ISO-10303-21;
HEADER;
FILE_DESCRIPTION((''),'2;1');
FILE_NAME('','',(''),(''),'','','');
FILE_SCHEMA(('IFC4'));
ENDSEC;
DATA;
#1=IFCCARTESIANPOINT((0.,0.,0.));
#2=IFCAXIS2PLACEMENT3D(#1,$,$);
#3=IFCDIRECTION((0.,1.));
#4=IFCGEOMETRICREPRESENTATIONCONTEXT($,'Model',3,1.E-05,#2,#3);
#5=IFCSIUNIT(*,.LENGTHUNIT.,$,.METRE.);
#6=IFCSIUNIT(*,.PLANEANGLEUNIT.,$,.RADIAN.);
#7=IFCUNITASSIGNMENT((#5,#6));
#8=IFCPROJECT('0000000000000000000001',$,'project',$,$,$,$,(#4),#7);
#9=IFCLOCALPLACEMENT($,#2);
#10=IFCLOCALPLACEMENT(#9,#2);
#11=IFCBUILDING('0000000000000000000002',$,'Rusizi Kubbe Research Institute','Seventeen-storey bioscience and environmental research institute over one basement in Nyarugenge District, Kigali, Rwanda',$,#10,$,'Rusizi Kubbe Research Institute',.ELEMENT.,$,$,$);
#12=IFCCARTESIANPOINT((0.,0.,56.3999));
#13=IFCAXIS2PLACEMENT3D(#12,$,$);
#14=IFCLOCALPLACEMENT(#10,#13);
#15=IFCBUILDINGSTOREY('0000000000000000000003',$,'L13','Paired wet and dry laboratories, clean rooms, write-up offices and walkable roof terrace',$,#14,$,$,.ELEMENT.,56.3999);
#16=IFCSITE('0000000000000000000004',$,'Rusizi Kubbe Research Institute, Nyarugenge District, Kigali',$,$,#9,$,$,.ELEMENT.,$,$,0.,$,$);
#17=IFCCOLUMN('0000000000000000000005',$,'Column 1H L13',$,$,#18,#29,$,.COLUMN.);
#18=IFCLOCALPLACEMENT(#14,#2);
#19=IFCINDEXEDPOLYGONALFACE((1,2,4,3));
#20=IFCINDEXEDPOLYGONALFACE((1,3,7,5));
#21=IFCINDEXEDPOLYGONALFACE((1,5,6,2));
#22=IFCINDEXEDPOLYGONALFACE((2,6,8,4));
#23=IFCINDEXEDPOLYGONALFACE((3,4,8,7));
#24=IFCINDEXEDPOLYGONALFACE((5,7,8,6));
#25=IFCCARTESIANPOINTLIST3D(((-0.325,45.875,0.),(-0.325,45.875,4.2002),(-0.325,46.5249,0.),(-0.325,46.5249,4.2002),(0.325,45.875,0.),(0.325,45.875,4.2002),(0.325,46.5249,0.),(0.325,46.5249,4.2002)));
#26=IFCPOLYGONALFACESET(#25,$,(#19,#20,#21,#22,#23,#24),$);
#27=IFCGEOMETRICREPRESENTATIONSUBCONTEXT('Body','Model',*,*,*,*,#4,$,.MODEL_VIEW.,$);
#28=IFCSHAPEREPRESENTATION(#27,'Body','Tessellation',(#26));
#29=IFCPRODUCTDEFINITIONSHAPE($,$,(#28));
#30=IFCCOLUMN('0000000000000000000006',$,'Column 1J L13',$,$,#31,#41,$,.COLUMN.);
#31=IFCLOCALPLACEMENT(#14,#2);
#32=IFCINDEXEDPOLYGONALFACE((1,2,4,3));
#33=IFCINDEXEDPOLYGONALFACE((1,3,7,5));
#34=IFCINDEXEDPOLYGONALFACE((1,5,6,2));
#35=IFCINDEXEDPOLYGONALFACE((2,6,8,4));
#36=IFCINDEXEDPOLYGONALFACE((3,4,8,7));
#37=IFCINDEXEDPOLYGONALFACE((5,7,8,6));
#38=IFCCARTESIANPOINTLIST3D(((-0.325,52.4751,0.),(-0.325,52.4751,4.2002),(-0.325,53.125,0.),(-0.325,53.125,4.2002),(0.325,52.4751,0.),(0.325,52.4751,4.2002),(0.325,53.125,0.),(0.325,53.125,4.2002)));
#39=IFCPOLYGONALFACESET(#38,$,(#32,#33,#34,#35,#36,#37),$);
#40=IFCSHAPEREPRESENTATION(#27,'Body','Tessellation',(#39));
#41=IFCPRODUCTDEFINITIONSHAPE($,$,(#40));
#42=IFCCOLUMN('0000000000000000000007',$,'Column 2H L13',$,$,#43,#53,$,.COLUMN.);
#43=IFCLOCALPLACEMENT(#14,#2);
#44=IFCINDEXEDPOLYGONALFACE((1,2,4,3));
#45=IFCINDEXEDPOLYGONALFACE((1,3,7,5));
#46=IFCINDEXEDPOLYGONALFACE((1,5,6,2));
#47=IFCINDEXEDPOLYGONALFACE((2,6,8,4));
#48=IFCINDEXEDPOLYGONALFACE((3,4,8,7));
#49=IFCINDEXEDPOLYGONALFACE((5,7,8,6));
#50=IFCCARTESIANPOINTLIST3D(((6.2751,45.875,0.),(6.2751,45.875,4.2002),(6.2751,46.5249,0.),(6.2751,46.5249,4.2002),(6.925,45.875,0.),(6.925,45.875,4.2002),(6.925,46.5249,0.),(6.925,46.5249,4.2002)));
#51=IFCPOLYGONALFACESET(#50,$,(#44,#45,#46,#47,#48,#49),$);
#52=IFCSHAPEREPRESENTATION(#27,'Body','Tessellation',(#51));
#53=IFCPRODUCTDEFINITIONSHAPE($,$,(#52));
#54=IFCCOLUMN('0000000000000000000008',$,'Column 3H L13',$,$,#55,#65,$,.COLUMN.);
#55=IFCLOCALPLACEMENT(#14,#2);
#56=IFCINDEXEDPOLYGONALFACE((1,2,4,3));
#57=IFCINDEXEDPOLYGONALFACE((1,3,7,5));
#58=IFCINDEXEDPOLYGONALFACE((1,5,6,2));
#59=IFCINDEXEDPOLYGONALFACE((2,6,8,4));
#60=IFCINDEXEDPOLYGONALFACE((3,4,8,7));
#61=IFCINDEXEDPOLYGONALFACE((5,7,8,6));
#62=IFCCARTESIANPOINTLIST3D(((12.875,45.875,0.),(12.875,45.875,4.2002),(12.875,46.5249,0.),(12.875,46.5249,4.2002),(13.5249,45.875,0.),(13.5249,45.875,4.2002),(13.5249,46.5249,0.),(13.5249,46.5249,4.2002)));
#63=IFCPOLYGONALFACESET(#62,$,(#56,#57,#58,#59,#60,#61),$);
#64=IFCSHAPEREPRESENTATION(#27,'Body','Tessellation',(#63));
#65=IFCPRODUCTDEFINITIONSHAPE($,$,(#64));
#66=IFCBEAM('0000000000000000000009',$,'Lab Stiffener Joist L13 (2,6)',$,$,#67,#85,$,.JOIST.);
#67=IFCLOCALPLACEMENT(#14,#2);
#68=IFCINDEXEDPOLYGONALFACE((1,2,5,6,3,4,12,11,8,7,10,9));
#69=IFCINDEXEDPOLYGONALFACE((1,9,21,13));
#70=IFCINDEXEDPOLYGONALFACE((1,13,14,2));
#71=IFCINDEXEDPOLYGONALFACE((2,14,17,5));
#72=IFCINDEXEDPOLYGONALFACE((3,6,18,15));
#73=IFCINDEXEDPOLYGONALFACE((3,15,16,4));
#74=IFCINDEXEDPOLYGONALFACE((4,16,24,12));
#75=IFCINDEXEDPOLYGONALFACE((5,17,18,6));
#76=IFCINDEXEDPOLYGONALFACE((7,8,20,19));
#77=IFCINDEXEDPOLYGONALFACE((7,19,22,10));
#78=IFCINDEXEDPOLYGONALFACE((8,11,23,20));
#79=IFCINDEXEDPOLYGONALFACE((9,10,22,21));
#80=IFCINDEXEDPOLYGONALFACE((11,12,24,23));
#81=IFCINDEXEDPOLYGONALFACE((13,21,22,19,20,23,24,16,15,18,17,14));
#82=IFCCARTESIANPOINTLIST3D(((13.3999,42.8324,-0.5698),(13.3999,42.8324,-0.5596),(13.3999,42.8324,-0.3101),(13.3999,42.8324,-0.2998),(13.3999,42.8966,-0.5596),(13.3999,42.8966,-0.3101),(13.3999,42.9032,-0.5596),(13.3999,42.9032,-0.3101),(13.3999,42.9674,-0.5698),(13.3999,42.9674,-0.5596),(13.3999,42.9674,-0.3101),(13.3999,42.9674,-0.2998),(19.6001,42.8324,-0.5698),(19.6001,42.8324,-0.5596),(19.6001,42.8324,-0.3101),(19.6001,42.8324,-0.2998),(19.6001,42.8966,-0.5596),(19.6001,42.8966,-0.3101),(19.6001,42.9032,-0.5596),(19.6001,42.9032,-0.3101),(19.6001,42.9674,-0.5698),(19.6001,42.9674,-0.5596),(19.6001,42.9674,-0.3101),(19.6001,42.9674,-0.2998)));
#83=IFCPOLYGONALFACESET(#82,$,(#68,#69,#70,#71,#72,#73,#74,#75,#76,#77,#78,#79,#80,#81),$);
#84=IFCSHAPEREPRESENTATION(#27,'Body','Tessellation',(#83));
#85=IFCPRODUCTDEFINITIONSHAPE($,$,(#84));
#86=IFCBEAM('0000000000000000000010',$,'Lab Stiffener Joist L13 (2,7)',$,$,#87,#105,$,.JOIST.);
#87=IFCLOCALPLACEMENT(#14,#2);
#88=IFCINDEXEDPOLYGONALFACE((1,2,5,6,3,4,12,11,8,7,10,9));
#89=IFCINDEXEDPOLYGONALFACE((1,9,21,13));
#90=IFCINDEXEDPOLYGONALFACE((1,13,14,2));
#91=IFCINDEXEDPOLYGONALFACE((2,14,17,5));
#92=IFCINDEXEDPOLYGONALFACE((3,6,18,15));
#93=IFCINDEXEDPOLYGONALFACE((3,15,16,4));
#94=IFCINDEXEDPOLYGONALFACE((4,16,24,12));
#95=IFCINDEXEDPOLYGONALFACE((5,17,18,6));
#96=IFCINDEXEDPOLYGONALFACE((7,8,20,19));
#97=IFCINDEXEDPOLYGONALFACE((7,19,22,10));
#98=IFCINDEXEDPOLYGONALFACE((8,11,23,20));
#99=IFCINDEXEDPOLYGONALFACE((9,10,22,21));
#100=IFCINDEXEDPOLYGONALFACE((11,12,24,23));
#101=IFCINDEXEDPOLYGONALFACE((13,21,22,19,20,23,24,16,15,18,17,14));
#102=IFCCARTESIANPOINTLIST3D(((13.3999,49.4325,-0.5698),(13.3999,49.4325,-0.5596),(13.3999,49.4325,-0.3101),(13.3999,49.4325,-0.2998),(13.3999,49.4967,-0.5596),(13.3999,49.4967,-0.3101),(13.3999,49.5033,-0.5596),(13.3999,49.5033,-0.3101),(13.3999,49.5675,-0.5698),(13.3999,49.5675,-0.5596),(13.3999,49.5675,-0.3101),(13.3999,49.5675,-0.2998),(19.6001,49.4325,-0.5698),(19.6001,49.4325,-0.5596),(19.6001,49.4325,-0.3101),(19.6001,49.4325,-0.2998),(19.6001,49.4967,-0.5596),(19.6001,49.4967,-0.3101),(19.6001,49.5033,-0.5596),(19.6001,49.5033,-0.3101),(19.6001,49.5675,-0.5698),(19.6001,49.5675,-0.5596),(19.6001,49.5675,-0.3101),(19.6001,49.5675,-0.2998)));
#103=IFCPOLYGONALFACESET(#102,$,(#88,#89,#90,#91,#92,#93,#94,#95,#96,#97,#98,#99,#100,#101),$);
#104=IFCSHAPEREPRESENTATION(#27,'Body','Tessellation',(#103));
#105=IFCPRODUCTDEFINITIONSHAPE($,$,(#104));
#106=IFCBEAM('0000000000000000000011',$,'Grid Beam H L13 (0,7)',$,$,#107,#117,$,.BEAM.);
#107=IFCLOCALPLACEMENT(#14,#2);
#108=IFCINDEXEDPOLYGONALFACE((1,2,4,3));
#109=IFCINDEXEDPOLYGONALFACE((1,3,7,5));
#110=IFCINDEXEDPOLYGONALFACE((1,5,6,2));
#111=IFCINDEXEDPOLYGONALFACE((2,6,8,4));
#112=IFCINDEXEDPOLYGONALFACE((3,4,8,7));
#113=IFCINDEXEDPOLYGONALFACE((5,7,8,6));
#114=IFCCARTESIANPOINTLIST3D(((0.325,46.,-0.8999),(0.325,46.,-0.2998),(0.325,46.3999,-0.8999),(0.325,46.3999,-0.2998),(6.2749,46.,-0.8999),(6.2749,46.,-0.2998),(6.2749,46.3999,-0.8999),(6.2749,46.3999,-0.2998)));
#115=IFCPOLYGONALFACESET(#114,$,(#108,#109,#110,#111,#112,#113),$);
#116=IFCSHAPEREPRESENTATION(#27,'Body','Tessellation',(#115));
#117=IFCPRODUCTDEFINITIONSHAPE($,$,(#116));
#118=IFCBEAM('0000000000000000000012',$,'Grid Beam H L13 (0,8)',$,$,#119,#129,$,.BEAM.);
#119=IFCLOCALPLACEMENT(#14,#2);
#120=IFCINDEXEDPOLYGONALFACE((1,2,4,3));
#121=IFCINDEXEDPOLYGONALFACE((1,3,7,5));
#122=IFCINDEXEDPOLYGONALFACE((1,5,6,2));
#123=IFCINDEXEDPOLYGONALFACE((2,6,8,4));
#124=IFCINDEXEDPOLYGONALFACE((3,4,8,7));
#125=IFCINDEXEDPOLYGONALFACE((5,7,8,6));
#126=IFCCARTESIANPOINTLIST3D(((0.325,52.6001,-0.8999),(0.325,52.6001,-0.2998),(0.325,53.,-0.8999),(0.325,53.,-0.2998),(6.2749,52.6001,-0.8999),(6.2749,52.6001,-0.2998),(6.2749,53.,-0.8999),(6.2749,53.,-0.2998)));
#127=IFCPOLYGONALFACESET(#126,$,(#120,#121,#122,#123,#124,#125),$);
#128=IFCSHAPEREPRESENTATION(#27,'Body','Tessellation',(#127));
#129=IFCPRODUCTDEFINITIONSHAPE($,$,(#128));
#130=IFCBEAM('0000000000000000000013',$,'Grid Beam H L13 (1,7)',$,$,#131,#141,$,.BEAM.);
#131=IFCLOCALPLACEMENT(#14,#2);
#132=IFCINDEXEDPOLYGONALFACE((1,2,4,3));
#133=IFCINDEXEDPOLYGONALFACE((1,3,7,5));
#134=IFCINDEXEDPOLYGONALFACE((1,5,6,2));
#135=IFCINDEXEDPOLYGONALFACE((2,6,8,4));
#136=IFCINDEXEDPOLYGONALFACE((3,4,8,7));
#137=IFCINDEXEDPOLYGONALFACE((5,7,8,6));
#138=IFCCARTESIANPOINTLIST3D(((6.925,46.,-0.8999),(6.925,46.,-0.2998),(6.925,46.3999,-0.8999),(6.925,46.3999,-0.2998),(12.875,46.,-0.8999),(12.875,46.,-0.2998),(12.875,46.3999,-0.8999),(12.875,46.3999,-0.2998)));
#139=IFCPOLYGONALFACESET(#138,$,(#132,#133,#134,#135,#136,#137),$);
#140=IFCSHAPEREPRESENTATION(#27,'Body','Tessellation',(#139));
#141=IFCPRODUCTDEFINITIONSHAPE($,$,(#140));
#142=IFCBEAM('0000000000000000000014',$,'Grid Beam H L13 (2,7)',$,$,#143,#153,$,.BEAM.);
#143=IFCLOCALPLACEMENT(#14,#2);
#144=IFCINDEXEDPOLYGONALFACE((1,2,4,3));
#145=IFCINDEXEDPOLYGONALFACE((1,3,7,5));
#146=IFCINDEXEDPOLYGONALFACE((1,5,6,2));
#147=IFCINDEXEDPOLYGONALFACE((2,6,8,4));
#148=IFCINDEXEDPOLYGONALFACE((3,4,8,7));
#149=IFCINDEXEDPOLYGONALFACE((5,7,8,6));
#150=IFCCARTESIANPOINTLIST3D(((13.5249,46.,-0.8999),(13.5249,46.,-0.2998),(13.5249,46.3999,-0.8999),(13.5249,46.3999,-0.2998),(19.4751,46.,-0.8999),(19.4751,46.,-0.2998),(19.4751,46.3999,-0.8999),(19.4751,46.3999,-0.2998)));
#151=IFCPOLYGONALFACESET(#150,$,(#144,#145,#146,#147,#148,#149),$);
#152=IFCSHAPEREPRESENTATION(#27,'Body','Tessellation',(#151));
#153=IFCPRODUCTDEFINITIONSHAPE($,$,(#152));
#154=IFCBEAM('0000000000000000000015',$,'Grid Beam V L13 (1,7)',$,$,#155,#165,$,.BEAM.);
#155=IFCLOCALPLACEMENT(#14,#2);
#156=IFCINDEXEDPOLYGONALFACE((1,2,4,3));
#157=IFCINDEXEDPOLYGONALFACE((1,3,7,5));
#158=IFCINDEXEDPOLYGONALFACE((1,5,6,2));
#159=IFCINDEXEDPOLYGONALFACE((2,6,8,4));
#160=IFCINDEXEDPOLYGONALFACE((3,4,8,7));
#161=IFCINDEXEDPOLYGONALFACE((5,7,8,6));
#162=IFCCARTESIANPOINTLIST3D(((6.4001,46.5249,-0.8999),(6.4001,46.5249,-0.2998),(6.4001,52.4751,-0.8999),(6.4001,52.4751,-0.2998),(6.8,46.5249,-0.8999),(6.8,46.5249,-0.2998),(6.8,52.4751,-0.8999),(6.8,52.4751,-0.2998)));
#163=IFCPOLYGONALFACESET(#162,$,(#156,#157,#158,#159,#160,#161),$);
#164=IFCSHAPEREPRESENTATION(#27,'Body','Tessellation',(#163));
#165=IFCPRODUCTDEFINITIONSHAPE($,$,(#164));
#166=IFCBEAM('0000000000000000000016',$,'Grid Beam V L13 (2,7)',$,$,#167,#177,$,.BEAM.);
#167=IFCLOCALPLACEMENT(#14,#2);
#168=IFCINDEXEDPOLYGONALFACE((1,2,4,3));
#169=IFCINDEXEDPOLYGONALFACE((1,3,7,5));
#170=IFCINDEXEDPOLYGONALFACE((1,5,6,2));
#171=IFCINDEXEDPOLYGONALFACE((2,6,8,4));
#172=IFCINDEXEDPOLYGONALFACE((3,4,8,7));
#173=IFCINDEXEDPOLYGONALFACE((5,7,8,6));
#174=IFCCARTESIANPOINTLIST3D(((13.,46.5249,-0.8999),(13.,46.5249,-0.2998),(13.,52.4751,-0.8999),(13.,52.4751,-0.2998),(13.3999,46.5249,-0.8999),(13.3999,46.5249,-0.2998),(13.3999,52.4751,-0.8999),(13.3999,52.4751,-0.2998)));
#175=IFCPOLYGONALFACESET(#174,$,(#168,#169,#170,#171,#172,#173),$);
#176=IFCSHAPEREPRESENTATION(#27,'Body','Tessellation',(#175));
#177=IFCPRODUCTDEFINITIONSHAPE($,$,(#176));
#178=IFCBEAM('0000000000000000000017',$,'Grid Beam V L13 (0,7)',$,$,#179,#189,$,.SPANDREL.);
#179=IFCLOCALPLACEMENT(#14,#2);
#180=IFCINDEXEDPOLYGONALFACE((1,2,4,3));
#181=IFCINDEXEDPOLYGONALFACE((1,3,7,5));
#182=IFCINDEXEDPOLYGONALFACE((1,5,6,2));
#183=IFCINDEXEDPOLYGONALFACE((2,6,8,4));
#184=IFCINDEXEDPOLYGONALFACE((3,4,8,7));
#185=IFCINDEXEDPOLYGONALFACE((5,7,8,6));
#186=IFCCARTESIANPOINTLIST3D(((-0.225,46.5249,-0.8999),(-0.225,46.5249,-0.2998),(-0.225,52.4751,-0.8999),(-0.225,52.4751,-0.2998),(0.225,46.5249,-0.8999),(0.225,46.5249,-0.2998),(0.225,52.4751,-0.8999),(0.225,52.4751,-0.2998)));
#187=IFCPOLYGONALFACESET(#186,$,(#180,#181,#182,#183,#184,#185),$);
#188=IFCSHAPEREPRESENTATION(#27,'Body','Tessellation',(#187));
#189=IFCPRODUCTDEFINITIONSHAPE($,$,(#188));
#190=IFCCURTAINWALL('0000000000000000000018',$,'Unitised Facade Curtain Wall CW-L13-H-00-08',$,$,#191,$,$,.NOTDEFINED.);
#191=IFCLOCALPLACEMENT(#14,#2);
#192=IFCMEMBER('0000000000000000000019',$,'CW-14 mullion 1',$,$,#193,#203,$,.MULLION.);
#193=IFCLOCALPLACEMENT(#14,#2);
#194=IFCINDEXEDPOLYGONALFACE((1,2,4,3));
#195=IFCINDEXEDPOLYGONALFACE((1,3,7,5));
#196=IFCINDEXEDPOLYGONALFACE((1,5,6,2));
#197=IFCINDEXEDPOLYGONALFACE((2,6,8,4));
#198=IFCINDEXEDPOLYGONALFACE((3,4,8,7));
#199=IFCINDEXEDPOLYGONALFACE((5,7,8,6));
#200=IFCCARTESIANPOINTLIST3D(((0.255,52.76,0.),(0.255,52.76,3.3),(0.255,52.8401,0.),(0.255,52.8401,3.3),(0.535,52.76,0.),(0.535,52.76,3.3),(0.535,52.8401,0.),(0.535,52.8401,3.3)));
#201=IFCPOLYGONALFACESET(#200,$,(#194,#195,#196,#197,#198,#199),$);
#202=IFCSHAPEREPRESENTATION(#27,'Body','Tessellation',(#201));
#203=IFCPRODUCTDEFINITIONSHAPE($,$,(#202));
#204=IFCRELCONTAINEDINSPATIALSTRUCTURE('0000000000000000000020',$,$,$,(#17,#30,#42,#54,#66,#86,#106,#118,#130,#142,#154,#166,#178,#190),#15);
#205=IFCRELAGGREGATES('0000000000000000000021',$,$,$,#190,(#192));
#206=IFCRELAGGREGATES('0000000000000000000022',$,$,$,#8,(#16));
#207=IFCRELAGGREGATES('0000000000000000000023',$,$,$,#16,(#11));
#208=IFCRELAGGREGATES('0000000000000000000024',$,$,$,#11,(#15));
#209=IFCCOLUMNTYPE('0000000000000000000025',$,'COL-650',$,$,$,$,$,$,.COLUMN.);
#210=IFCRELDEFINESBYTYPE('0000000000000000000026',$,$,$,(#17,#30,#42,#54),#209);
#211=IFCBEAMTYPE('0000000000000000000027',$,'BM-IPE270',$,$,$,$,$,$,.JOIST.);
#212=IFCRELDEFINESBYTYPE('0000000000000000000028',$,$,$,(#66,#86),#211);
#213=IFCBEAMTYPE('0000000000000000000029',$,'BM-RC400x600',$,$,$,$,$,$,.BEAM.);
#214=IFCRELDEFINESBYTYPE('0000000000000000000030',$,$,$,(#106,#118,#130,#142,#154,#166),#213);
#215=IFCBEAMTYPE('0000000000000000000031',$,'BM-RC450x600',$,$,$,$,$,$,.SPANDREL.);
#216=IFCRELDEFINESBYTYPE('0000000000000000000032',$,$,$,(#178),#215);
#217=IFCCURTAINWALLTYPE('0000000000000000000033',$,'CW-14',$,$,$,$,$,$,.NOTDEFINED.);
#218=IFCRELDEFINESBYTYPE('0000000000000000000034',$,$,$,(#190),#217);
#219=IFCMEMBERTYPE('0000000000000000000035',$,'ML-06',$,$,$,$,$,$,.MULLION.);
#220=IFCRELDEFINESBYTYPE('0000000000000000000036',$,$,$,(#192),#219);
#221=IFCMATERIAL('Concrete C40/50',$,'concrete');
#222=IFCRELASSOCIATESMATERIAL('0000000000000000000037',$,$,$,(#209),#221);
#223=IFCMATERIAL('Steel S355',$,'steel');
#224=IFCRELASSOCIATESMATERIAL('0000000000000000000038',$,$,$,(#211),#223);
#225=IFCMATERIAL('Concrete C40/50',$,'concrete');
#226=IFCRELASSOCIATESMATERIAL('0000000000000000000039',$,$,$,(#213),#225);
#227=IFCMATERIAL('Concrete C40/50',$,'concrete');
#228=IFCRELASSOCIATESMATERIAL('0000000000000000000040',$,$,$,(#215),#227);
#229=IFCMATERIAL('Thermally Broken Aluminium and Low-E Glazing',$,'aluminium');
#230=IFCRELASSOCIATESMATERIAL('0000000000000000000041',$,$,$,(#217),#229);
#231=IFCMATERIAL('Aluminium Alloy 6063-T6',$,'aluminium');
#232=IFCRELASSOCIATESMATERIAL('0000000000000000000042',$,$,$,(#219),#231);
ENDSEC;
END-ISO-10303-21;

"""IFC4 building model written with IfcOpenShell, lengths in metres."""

from ifc_helpers import new_model, si_unit, direction, frame, origin, origin_2d, place, context, subcontext, project, spatial, rectangle, i_section, extrude, material, material_profile, profile_set, type_object, element, aggregate, save


model = new_model("IFC4")

# Units and contexts
model_context = context("Model", 3, precision=1e-05, world=origin(), true_north=direction((0.0, 1.0)))
body_context = subcontext(model_context, "Body", "Model", "MODEL_VIEW")
ifc_project = project(units=[si_unit("LENGTHUNIT", "METRE"), si_unit("PLANEANGLEUNIT", "RADIAN")], contexts=[model_context])

# Site, building, storey
site_placement = place(None, origin())
site = spatial("IfcSite", under=ifc_project, at=site_placement, Name="Rusizi Kubbe Research Institute, Nyarugenge District, Kigali", CompositionType="ELEMENT", RefElevation=0.0)
building_placement = place(site_placement, origin())
building = spatial("IfcBuilding", under=site, at=building_placement, Name="Rusizi Kubbe Research Institute", Description="Seventeen-storey bioscience and environmental research institute over one basement in Nyarugenge District, Kigali, Rwanda", LongName="Rusizi Kubbe Research Institute", CompositionType="ELEMENT")
storey_placement = place(building_placement, frame((0.0, 0.0, 56.3999)))
storey = spatial("IfcBuildingStorey", under=building, at=storey_placement, Name="L13", Description="Paired wet and dry laboratories, clean rooms, write-up offices and walkable roof terrace", CompositionType="ELEMENT", Elevation=56.3999)

# Columns
ifc_material_1 = material(Name="Concrete C40/50", Category="concrete")
ifc_material_profile_1 = material_profile(ifc_material_1, rectangle(XDim=0.6499, YDim=0.6499, at=origin_2d()), Name="RC650x650")
ifc_profile_set_1 = profile_set([ifc_material_profile_1], Name="Concrete C40/50")
column_type = type_object("IfcColumnType", Name="COL-650", PredefinedType="COLUMN", material=ifc_profile_set_1)
for number, where, z_axis, x_axis, name in (
    (1, (0.0, 46.2, 0.0), (0.0, 0.0, 1.0), (1.0, 0.0, 0.0), "Column 1H L13"),
    (2, (0.0, 52.8, 0.0), (0.0, 0.0, 1.0), (1.0, 0.0, 0.0), "Column 1J L13"),
    (3, (6.6001, 46.2, 0.0), (0.0, 0.0, 1.0), (1.0, 0.0, 0.0), "Column 2H L13"),
    (4, (13.2, 46.2, 0.0), (0.0, 0.0, 1.0), (1.0, 0.0, 0.0), "Column 3H L13"),
):
    element("IfcColumn", number, at=place(storey_placement, frame(where, z_axis=z_axis, x_axis=x_axis)), inside=storey, type_object=column_type, Name=name, PredefinedType="COLUMN", context=body_context, shape_type="SweptSolid", body=[
        extrude(rectangle(XDim=0.6499, YDim=0.6499, at=origin_2d()), origin(), (0.0, 0.0, 1.0), 4.2002),
    ])

# Beams
ifc_material_2 = material(Name="Steel S355", Category="steel")
ifc_material_profile_2 = material_profile(ifc_material_2, i_section(OverallWidth=0.135, OverallDepth=0.27, WebThickness=0.0066, FlangeThickness=0.0103, at=origin_2d()), Name="IPE 270")
ifc_profile_set_2 = profile_set([ifc_material_profile_2], Name="Steel S355")
beam_type_1 = type_object("IfcBeamType", Name="BM-IPE270", PredefinedType="JOIST", material=ifc_profile_set_2)
for number, where, z_axis, x_axis, name in (
    (5, (13.3999, 42.8999, -0.4348), (1.0, 0.0, 0.0), (0.0, 1.0, 0.0), "Lab Stiffener Joist L13 (2,6)"),
    (6, (13.3999, 49.5, -0.4348), (1.0, 0.0, 0.0), (0.0, 1.0, 0.0), "Lab Stiffener Joist L13 (2,7)"),
):
    element("IfcBeam", number, at=place(storey_placement, frame(where, z_axis=z_axis, x_axis=x_axis)), inside=storey, type_object=beam_type_1, Name=name, PredefinedType="JOIST", context=body_context, shape_type="SweptSolid", body=[
        extrude(i_section(OverallWidth=0.135, OverallDepth=0.27, WebThickness=0.0066, FlangeThickness=0.0103, at=origin_2d()), origin(), (0.0, 0.0, 1.0), 6.2002),
    ])
ifc_material_3 = material(Name="Concrete C40/50", Category="concrete")
ifc_material_profile_3 = material_profile(ifc_material_3, rectangle(XDim=0.3999, YDim=0.6001, at=origin_2d()), Name="RC400x600")
ifc_profile_set_3 = profile_set([ifc_material_profile_3], Name="Concrete C40/50")
beam_type_2 = type_object("IfcBeamType", Name="BM-RC400x600", PredefinedType="BEAM", material=ifc_profile_set_3)
for number, where, z_axis, x_axis, name in (
    (7, (0.325, 46.2, -0.5999), (1.0, 0.0, 0.0), (0.0, 1.0, 0.0), "Grid Beam H L13 (0,7)"),
    (8, (0.325, 52.8, -0.5999), (1.0, 0.0, 0.0), (0.0, 1.0, 0.0), "Grid Beam H L13 (0,8)"),
    (9, (6.925, 46.2, -0.5999), (1.0, 0.0, 0.0), (0.0, 1.0, 0.0), "Grid Beam H L13 (1,7)"),
):
    element("IfcBeam", number, at=place(storey_placement, frame(where, z_axis=z_axis, x_axis=x_axis)), inside=storey, type_object=beam_type_2, Name=name, PredefinedType="BEAM", context=body_context, shape_type="SweptSolid", body=[
        extrude(rectangle(XDim=0.3999, YDim=0.6001, at=origin_2d()), origin(), (0.0, 0.0, 1.0), 5.95),
    ])
for number, where, z_axis, x_axis, name in (
    (10, (13.5249, 46.2, -0.5999), (1.0, 0.0, 0.0), (0.0, 1.0, 0.0), "Grid Beam H L13 (2,7)"),
    (11, (6.6001, 46.5249, -0.5999), (0.0, 1.0, 0.0), (-1.0, 0.0, 0.0), "Grid Beam V L13 (1,7)"),
    (12, (13.2, 46.5249, -0.5999), (0.0, 1.0, 0.0), (-1.0, 0.0, 0.0), "Grid Beam V L13 (2,7)"),
):
    element("IfcBeam", number, at=place(storey_placement, frame(where, z_axis=z_axis, x_axis=x_axis)), inside=storey, type_object=beam_type_2, Name=name, PredefinedType="BEAM", context=body_context, shape_type="SweptSolid", body=[
        extrude(rectangle(XDim=0.3999, YDim=0.6001, at=origin_2d()), origin(), (0.0, 0.0, 1.0), 5.9502),
    ])
ifc_material_4 = material(Name="Concrete C40/50", Category="concrete")
ifc_material_profile_4 = material_profile(ifc_material_4, rectangle(XDim=0.45, YDim=0.6001, at=origin_2d()), Name="RC450x600")
ifc_profile_set_4 = profile_set([ifc_material_profile_4], Name="Concrete C40/50")
beam_type_3 = type_object("IfcBeamType", Name="BM-RC450x600", PredefinedType="SPANDREL", material=ifc_profile_set_4)
beam_placement = place(storey_placement, frame((0.0, 46.5249, -0.5999), z_axis=(0.0, 1.0, 0.0), x_axis=(-1.0, 0.0, 0.0)))
element("IfcBeam", 13, at=beam_placement, inside=storey, type_object=beam_type_3, Name="Grid Beam V L13 (0,7)", PredefinedType="SPANDREL", context=body_context, shape_type="SweptSolid", body=[
    extrude(rectangle(XDim=0.45, YDim=0.6001, at=origin_2d()), origin(), (0.0, 0.0, 1.0), 5.9502),
])

# Curtain wall, member
ifc_material_5 = material(Name="Thermally Broken Aluminium and Low-E Glazing", Category="aluminium")
curtain_wall_type = type_object("IfcCurtainWallType", Name="CW-14", PredefinedType="NOTDEFINED", material=ifc_material_5)
curtain_wall_placement = place(storey_placement, origin())
curtain_wall = element("IfcCurtainWall", 14, at=curtain_wall_placement, inside=storey, type_object=curtain_wall_type, Name="Unitised Facade Curtain Wall CW-L13-H-00-08", PredefinedType="NOTDEFINED")
ifc_material_6 = material(Name="Aluminium Alloy 6063-T6", Category="aluminium")
ifc_material_profile_5 = material_profile(ifc_material_6, rectangle(XDim=0.0801, YDim=0.28, at=origin_2d()), Name="ALU-M 80x280")
ifc_profile_set_5 = profile_set([ifc_material_profile_5], Name="Aluminium Alloy 6063-T6")
member_type_1 = type_object("IfcMemberType", Name="ML-06", PredefinedType="MULLION", material=ifc_profile_set_5)
member_1_placement = place(storey_placement, frame((0.395, 52.8, 0.0), z_axis=(0.0, 0.0, 1.0), x_axis=(0.0, 1.0, 0.0)))
member_1 = element("IfcMember", 15, at=member_1_placement, type_object=member_type_1, Name="CW-14 mullion 1", PredefinedType="MULLION", context=body_context, shape_type="SweptSolid", body=[
    extrude(rectangle(XDim=0.0801, YDim=0.28, at=origin_2d()), origin(), (0.0, 0.0, 1.0), 3.3),
])
aggregate(curtain_wall, [member_1])

save(model, "model.ifc")
